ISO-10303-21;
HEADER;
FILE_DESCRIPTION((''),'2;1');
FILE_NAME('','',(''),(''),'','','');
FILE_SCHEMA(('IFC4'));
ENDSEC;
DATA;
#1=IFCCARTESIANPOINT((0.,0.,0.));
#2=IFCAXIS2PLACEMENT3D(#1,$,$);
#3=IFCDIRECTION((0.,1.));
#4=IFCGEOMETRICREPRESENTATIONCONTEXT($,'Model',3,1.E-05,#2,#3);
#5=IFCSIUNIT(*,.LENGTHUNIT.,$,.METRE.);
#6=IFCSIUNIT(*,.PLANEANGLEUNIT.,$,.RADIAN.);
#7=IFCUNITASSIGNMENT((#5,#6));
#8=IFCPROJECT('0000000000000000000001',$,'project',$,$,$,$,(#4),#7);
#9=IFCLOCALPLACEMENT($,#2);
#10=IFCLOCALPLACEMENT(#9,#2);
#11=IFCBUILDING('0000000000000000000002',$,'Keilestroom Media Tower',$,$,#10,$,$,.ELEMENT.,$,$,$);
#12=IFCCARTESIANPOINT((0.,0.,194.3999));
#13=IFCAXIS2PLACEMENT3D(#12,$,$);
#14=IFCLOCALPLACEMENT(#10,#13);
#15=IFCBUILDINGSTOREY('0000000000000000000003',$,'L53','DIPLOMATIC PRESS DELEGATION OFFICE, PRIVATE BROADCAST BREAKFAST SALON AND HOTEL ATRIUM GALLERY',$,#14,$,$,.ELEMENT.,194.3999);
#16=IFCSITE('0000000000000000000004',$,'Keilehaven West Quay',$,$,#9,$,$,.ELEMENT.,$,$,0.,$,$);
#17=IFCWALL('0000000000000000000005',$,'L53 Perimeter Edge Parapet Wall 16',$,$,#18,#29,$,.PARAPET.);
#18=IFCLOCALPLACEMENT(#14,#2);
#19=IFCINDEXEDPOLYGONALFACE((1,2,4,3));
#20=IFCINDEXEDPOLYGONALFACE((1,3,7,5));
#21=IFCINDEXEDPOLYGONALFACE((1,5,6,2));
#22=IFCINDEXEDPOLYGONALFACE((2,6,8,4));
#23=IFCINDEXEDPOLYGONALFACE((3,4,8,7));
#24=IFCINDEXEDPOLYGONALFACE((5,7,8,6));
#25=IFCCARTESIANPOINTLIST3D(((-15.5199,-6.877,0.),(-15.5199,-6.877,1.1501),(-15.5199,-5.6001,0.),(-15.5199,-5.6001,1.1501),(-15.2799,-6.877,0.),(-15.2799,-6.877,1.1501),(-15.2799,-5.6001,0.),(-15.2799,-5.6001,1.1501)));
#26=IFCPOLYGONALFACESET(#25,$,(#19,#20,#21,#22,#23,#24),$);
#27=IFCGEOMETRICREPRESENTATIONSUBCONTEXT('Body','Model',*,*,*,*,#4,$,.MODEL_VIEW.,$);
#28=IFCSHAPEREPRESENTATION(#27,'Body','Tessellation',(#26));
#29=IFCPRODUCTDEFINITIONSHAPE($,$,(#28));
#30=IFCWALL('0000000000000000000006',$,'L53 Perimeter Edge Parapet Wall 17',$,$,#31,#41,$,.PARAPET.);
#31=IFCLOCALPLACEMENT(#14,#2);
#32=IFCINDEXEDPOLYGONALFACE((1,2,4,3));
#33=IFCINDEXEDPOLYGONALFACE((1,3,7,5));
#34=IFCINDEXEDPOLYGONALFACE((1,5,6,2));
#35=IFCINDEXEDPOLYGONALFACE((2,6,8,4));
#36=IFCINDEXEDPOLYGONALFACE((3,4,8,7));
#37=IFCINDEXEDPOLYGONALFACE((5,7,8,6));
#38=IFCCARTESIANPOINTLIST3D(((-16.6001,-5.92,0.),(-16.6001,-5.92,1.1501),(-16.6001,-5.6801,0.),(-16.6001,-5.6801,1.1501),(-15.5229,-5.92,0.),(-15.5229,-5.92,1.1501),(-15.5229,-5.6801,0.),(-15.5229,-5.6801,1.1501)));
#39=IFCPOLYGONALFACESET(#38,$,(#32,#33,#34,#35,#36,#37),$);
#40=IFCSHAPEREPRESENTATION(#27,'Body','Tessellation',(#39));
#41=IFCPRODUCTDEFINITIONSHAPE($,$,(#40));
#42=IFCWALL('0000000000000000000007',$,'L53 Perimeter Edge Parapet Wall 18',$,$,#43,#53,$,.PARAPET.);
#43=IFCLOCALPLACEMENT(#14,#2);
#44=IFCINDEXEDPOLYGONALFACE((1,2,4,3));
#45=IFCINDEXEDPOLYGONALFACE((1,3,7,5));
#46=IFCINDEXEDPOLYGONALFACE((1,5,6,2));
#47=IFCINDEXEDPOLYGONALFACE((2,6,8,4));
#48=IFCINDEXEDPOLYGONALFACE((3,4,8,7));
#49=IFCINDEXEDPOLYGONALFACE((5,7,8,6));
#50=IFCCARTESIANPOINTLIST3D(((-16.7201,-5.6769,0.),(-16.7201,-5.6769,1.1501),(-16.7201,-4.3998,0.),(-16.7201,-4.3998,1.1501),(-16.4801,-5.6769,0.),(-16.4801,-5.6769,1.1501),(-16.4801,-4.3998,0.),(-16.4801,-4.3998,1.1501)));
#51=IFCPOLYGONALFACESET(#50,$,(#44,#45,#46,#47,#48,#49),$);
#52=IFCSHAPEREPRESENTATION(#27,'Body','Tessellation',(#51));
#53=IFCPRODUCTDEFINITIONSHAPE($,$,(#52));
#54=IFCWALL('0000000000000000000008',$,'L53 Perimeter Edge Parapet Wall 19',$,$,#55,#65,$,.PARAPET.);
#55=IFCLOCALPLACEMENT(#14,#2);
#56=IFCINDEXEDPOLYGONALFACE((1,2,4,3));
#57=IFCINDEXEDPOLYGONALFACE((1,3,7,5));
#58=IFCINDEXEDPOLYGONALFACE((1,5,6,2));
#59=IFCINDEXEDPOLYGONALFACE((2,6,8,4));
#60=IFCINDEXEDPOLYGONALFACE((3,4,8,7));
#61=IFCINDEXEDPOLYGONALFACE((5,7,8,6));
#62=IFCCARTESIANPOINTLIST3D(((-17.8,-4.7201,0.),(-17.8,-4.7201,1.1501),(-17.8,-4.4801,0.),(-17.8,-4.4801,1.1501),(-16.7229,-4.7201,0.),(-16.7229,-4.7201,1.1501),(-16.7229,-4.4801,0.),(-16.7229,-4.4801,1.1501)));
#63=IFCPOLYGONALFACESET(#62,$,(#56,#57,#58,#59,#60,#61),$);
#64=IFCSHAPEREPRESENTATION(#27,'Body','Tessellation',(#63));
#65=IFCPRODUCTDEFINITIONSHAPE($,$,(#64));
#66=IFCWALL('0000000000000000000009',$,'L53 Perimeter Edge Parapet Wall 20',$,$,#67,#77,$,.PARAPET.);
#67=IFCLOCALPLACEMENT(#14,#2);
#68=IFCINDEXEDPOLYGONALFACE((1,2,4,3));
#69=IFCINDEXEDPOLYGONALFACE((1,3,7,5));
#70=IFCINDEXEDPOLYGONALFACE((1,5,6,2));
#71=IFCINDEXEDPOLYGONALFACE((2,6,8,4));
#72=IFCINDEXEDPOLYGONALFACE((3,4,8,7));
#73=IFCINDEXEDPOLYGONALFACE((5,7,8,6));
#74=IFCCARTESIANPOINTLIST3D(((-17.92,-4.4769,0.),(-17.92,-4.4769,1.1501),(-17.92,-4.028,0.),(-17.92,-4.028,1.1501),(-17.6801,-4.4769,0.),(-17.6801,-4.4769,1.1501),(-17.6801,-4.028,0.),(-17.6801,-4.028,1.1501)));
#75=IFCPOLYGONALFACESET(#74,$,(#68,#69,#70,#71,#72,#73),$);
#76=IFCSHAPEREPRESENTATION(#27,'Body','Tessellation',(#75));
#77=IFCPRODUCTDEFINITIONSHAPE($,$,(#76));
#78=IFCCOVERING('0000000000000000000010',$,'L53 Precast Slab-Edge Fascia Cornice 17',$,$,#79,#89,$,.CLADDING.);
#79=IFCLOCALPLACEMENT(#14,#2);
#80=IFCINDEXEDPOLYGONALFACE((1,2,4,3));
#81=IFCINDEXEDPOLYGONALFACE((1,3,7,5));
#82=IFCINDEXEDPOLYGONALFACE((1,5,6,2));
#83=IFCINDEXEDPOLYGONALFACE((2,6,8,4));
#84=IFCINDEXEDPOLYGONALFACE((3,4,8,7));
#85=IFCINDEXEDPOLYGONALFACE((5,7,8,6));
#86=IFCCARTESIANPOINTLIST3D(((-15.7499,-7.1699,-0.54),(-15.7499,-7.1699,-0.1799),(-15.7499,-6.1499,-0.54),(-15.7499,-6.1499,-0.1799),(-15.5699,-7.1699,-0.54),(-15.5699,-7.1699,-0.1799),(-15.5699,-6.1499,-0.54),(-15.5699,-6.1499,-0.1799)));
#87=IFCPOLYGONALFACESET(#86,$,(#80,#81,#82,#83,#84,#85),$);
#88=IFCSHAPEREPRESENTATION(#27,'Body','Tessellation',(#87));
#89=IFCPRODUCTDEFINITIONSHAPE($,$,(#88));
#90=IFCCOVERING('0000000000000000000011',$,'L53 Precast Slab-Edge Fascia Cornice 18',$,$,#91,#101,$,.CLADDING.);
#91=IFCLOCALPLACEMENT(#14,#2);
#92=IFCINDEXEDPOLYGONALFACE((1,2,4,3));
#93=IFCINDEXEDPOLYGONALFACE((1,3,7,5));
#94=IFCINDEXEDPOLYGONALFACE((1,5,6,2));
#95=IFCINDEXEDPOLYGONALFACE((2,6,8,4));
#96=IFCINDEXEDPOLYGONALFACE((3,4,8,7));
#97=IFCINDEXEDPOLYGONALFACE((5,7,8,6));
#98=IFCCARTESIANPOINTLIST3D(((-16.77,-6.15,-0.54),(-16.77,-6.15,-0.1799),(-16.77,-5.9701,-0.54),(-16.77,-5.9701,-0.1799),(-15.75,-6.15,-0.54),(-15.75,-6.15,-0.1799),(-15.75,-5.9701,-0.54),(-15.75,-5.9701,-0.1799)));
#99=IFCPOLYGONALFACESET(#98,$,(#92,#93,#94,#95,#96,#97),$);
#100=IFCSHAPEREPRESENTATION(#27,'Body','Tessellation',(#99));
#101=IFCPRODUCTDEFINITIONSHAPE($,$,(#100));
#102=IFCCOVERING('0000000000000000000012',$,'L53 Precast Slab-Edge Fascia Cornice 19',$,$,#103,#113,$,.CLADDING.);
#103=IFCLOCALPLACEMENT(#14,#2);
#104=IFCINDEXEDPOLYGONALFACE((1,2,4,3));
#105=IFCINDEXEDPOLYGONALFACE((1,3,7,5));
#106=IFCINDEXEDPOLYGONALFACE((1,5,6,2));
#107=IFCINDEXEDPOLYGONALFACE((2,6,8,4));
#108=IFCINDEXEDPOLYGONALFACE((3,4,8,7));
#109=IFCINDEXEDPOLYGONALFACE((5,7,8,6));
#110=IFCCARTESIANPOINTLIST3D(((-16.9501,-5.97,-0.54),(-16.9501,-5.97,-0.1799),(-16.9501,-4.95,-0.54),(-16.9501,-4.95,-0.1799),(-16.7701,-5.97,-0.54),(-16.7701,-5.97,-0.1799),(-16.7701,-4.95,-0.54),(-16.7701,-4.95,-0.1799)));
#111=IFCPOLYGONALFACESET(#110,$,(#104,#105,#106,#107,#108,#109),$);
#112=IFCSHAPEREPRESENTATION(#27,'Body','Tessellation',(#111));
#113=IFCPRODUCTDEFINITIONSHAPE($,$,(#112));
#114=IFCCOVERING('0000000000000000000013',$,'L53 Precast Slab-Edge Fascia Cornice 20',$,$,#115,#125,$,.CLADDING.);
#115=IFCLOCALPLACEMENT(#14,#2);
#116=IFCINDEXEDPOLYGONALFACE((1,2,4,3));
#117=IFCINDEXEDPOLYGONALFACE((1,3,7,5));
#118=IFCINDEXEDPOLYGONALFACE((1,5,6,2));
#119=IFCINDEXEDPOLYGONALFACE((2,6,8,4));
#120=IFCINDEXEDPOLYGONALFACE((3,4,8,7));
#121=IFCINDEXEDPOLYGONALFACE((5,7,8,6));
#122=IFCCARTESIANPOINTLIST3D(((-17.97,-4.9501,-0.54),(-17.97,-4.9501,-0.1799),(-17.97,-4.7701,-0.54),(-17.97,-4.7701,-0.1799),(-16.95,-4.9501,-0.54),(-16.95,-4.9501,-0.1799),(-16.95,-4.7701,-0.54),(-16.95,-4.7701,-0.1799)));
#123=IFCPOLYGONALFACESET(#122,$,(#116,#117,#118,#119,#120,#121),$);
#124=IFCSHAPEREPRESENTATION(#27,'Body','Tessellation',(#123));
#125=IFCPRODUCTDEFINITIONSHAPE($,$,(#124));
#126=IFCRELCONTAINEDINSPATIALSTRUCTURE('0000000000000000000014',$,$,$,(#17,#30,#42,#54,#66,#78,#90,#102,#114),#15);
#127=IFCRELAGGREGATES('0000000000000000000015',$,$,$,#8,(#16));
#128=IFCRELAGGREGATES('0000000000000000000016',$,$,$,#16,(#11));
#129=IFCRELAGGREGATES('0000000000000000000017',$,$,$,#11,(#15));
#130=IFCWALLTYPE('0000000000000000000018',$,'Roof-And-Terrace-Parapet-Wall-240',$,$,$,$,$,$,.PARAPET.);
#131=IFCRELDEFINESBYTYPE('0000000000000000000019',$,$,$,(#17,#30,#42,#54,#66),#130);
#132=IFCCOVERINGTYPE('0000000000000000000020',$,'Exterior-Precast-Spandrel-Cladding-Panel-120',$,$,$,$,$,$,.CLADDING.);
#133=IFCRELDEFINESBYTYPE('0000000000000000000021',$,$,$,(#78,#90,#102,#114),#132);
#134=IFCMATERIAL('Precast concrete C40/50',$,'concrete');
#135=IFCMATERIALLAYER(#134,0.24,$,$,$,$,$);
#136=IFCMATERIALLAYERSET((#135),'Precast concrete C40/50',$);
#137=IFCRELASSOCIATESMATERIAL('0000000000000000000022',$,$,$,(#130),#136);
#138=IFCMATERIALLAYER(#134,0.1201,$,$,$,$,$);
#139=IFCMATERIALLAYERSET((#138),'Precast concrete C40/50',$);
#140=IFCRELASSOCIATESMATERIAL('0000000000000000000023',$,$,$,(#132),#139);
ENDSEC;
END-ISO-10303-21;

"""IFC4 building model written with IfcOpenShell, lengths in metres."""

from ifc_helpers import new_model, si_unit, direction, frame, frame_2d, origin, origin_2d, place, context, subcontext, project, spatial, rectangle, extrude, source, transform, mapped, material, layer, layer_set, type_object, element, save


model = new_model("IFC4")

# Units and contexts
model_context = context("Model", 3, precision=1e-05, world=origin(), true_north=direction((0.0, 1.0)))
body_context = subcontext(model_context, "Body", "Model", "MODEL_VIEW")
ifc_project = project(units=[si_unit("LENGTHUNIT", "METRE"), si_unit("PLANEANGLEUNIT", "RADIAN")], contexts=[model_context])

# Site, building, storey
site_placement = place(None, origin())
site = spatial("IfcSite", under=ifc_project, at=site_placement, Name="Keilehaven West Quay", CompositionType="ELEMENT", RefElevation=0.0)
building_placement = place(site_placement, origin())
building = spatial("IfcBuilding", under=site, at=building_placement, Name="Keilestroom Media Tower", CompositionType="ELEMENT")
storey_placement = place(building_placement, frame((0.0, 0.0, 194.3999)))
storey = spatial("IfcBuildingStorey", under=building, at=storey_placement, Name="L53", Description="DIPLOMATIC PRESS DELEGATION OFFICE, PRIVATE BROADCAST BREAKFAST SALON AND HOTEL ATRIUM GALLERY", CompositionType="ELEMENT", Elevation=194.3999)

# Shared definitions
ifc_material_1 = material(Name="Precast concrete C40/50", Category="concrete")

# Walls
ifc_layer_1 = layer(ifc_material_1, 0.24)
ifc_layer_set_1 = layer_set([ifc_layer_1], Name="Precast concrete C40/50")
wall_type = type_object("IfcWallType", Name="Roof-And-Terrace-Parapet-Wall-240", PredefinedType="PARAPET", material=ifc_layer_set_1)
wall_1_placement = place(storey_placement, frame((-15.3999, -6.877, 0.0), z_axis=(0.0, 0.0, 1.0), x_axis=(0.0, 1.0, 0.0)))
element("IfcWall", 1, at=wall_1_placement, inside=storey, type_object=wall_type, Name="L53 Perimeter Edge Parapet Wall 16", PredefinedType="PARAPET", context=body_context, shape_type="SweptSolid", body=[
    extrude(rectangle(XDim=1.2769, YDim=0.24, at=frame_2d((0.6384, 0.0))), origin(), (0.0, 0.0, 1.0), 1.1501),
])
wall_2_placement = place(storey_placement, frame((-15.5229, -5.8, 0.0), z_axis=(0.0, 0.0, 1.0), x_axis=(-1.0, 0.0, 0.0)))
element("IfcWall", 2, at=wall_2_placement, inside=storey, type_object=wall_type, Name="L53 Perimeter Edge Parapet Wall 17", PredefinedType="PARAPET", context=body_context, shape_type="SweptSolid", body=[
    extrude(rectangle(XDim=1.0771, YDim=0.24, at=frame_2d((0.5386, 0.0))), origin(), (0.0, 0.0, 1.0), 1.1501),
])
wall_3_placement = place(storey_placement, frame((-16.6001, -5.677, 0.0), z_axis=(0.0, 0.0, 1.0), x_axis=(0.0, 1.0, 0.0)))
element("IfcWall", 3, at=wall_3_placement, inside=storey, type_object=wall_type, Name="L53 Perimeter Edge Parapet Wall 18", PredefinedType="PARAPET", context=body_context, shape_type="SweptSolid", body=[
    extrude(rectangle(XDim=1.2771, YDim=0.24, at=frame_2d((0.6387, 0.0))), origin(), (0.0, 0.0, 1.0), 1.1501),
])
wall_4_placement = place(storey_placement, frame((-16.7229, -4.6001, 0.0), z_axis=(0.0, 0.0, 1.0), x_axis=(-1.0, 0.0, 0.0)))
element("IfcWall", 4, at=wall_4_placement, inside=storey, type_object=wall_type, Name="L53 Perimeter Edge Parapet Wall 19", PredefinedType="PARAPET", context=body_context, shape_type="SweptSolid", body=[
    extrude(rectangle(XDim=1.0771, YDim=0.24, at=frame_2d((0.5386, 0.0))), origin(), (0.0, 0.0, 1.0), 1.1501),
])
wall_5_placement = place(storey_placement, frame((-17.8, -4.4771, 0.0), z_axis=(0.0, 0.0, 1.0), x_axis=(0.0, 1.0, 0.0)))
element("IfcWall", 5, at=wall_5_placement, inside=storey, type_object=wall_type, Name="L53 Perimeter Edge Parapet Wall 20", PredefinedType="PARAPET", context=body_context, shape_type="SweptSolid", body=[
    extrude(rectangle(XDim=0.449, YDim=0.24, at=frame_2d((0.2246, 0.0))), origin(), (0.0, 0.0, 1.0), 1.1501),
])

# Coverings
ifc_layer_2 = layer(ifc_material_1, 0.1201)
ifc_layer_set_2 = layer_set([ifc_layer_2], Name="Precast concrete C40/50")
covering_type = type_object("IfcCoveringType", Name="Exterior-Precast-Spandrel-Cladding-Panel-120", PredefinedType="CLADDING", material=ifc_layer_set_2)
shared_shape_1 = source(origin(), body_context, "Body", "SweptSolid", [
    extrude(rectangle(XDim=1.02, YDim=0.1799, at=origin_2d()), origin(), (0.0, 0.0, 1.0), 0.3601),
])
for number, where, z_axis, x_axis, name in (
    (6, (-15.6599, -6.6599, -0.54), (0.0, 0.0, 1.0), (0.0, 1.0, 0.0), "L53 Precast Slab-Edge Fascia Cornice 17"),
    (7, (-16.26, -6.0601, -0.54), (0.0, 0.0, 1.0), (-1.0, 0.0, 0.0), "L53 Precast Slab-Edge Fascia Cornice 18"),
    (8, (-16.8601, -5.46, -0.54), (0.0, 0.0, 1.0), (0.0, 1.0, 0.0), "L53 Precast Slab-Edge Fascia Cornice 19"),
    (9, (-17.46, -4.8601, -0.54), (0.0, 0.0, 1.0), (-1.0, 0.0, 0.0), "L53 Precast Slab-Edge Fascia Cornice 20"),
):
    element("IfcCovering", number, at=place(storey_placement, frame(where, z_axis=z_axis, x_axis=x_axis)), inside=storey, type_object=covering_type, Name=name, PredefinedType="CLADDING", context=body_context, shape_type="MappedRepresentation", body=[
        mapped(shared_shape_1, transform((0.0, 0.0, 0.0), x_axis=(1.0, 0.0, 0.0), y_axis=(0.0, 1.0, 0.0), z_axis=(0.0, 0.0, 1.0), scale=1.0)),
    ])

save(model, "model.ifc")
